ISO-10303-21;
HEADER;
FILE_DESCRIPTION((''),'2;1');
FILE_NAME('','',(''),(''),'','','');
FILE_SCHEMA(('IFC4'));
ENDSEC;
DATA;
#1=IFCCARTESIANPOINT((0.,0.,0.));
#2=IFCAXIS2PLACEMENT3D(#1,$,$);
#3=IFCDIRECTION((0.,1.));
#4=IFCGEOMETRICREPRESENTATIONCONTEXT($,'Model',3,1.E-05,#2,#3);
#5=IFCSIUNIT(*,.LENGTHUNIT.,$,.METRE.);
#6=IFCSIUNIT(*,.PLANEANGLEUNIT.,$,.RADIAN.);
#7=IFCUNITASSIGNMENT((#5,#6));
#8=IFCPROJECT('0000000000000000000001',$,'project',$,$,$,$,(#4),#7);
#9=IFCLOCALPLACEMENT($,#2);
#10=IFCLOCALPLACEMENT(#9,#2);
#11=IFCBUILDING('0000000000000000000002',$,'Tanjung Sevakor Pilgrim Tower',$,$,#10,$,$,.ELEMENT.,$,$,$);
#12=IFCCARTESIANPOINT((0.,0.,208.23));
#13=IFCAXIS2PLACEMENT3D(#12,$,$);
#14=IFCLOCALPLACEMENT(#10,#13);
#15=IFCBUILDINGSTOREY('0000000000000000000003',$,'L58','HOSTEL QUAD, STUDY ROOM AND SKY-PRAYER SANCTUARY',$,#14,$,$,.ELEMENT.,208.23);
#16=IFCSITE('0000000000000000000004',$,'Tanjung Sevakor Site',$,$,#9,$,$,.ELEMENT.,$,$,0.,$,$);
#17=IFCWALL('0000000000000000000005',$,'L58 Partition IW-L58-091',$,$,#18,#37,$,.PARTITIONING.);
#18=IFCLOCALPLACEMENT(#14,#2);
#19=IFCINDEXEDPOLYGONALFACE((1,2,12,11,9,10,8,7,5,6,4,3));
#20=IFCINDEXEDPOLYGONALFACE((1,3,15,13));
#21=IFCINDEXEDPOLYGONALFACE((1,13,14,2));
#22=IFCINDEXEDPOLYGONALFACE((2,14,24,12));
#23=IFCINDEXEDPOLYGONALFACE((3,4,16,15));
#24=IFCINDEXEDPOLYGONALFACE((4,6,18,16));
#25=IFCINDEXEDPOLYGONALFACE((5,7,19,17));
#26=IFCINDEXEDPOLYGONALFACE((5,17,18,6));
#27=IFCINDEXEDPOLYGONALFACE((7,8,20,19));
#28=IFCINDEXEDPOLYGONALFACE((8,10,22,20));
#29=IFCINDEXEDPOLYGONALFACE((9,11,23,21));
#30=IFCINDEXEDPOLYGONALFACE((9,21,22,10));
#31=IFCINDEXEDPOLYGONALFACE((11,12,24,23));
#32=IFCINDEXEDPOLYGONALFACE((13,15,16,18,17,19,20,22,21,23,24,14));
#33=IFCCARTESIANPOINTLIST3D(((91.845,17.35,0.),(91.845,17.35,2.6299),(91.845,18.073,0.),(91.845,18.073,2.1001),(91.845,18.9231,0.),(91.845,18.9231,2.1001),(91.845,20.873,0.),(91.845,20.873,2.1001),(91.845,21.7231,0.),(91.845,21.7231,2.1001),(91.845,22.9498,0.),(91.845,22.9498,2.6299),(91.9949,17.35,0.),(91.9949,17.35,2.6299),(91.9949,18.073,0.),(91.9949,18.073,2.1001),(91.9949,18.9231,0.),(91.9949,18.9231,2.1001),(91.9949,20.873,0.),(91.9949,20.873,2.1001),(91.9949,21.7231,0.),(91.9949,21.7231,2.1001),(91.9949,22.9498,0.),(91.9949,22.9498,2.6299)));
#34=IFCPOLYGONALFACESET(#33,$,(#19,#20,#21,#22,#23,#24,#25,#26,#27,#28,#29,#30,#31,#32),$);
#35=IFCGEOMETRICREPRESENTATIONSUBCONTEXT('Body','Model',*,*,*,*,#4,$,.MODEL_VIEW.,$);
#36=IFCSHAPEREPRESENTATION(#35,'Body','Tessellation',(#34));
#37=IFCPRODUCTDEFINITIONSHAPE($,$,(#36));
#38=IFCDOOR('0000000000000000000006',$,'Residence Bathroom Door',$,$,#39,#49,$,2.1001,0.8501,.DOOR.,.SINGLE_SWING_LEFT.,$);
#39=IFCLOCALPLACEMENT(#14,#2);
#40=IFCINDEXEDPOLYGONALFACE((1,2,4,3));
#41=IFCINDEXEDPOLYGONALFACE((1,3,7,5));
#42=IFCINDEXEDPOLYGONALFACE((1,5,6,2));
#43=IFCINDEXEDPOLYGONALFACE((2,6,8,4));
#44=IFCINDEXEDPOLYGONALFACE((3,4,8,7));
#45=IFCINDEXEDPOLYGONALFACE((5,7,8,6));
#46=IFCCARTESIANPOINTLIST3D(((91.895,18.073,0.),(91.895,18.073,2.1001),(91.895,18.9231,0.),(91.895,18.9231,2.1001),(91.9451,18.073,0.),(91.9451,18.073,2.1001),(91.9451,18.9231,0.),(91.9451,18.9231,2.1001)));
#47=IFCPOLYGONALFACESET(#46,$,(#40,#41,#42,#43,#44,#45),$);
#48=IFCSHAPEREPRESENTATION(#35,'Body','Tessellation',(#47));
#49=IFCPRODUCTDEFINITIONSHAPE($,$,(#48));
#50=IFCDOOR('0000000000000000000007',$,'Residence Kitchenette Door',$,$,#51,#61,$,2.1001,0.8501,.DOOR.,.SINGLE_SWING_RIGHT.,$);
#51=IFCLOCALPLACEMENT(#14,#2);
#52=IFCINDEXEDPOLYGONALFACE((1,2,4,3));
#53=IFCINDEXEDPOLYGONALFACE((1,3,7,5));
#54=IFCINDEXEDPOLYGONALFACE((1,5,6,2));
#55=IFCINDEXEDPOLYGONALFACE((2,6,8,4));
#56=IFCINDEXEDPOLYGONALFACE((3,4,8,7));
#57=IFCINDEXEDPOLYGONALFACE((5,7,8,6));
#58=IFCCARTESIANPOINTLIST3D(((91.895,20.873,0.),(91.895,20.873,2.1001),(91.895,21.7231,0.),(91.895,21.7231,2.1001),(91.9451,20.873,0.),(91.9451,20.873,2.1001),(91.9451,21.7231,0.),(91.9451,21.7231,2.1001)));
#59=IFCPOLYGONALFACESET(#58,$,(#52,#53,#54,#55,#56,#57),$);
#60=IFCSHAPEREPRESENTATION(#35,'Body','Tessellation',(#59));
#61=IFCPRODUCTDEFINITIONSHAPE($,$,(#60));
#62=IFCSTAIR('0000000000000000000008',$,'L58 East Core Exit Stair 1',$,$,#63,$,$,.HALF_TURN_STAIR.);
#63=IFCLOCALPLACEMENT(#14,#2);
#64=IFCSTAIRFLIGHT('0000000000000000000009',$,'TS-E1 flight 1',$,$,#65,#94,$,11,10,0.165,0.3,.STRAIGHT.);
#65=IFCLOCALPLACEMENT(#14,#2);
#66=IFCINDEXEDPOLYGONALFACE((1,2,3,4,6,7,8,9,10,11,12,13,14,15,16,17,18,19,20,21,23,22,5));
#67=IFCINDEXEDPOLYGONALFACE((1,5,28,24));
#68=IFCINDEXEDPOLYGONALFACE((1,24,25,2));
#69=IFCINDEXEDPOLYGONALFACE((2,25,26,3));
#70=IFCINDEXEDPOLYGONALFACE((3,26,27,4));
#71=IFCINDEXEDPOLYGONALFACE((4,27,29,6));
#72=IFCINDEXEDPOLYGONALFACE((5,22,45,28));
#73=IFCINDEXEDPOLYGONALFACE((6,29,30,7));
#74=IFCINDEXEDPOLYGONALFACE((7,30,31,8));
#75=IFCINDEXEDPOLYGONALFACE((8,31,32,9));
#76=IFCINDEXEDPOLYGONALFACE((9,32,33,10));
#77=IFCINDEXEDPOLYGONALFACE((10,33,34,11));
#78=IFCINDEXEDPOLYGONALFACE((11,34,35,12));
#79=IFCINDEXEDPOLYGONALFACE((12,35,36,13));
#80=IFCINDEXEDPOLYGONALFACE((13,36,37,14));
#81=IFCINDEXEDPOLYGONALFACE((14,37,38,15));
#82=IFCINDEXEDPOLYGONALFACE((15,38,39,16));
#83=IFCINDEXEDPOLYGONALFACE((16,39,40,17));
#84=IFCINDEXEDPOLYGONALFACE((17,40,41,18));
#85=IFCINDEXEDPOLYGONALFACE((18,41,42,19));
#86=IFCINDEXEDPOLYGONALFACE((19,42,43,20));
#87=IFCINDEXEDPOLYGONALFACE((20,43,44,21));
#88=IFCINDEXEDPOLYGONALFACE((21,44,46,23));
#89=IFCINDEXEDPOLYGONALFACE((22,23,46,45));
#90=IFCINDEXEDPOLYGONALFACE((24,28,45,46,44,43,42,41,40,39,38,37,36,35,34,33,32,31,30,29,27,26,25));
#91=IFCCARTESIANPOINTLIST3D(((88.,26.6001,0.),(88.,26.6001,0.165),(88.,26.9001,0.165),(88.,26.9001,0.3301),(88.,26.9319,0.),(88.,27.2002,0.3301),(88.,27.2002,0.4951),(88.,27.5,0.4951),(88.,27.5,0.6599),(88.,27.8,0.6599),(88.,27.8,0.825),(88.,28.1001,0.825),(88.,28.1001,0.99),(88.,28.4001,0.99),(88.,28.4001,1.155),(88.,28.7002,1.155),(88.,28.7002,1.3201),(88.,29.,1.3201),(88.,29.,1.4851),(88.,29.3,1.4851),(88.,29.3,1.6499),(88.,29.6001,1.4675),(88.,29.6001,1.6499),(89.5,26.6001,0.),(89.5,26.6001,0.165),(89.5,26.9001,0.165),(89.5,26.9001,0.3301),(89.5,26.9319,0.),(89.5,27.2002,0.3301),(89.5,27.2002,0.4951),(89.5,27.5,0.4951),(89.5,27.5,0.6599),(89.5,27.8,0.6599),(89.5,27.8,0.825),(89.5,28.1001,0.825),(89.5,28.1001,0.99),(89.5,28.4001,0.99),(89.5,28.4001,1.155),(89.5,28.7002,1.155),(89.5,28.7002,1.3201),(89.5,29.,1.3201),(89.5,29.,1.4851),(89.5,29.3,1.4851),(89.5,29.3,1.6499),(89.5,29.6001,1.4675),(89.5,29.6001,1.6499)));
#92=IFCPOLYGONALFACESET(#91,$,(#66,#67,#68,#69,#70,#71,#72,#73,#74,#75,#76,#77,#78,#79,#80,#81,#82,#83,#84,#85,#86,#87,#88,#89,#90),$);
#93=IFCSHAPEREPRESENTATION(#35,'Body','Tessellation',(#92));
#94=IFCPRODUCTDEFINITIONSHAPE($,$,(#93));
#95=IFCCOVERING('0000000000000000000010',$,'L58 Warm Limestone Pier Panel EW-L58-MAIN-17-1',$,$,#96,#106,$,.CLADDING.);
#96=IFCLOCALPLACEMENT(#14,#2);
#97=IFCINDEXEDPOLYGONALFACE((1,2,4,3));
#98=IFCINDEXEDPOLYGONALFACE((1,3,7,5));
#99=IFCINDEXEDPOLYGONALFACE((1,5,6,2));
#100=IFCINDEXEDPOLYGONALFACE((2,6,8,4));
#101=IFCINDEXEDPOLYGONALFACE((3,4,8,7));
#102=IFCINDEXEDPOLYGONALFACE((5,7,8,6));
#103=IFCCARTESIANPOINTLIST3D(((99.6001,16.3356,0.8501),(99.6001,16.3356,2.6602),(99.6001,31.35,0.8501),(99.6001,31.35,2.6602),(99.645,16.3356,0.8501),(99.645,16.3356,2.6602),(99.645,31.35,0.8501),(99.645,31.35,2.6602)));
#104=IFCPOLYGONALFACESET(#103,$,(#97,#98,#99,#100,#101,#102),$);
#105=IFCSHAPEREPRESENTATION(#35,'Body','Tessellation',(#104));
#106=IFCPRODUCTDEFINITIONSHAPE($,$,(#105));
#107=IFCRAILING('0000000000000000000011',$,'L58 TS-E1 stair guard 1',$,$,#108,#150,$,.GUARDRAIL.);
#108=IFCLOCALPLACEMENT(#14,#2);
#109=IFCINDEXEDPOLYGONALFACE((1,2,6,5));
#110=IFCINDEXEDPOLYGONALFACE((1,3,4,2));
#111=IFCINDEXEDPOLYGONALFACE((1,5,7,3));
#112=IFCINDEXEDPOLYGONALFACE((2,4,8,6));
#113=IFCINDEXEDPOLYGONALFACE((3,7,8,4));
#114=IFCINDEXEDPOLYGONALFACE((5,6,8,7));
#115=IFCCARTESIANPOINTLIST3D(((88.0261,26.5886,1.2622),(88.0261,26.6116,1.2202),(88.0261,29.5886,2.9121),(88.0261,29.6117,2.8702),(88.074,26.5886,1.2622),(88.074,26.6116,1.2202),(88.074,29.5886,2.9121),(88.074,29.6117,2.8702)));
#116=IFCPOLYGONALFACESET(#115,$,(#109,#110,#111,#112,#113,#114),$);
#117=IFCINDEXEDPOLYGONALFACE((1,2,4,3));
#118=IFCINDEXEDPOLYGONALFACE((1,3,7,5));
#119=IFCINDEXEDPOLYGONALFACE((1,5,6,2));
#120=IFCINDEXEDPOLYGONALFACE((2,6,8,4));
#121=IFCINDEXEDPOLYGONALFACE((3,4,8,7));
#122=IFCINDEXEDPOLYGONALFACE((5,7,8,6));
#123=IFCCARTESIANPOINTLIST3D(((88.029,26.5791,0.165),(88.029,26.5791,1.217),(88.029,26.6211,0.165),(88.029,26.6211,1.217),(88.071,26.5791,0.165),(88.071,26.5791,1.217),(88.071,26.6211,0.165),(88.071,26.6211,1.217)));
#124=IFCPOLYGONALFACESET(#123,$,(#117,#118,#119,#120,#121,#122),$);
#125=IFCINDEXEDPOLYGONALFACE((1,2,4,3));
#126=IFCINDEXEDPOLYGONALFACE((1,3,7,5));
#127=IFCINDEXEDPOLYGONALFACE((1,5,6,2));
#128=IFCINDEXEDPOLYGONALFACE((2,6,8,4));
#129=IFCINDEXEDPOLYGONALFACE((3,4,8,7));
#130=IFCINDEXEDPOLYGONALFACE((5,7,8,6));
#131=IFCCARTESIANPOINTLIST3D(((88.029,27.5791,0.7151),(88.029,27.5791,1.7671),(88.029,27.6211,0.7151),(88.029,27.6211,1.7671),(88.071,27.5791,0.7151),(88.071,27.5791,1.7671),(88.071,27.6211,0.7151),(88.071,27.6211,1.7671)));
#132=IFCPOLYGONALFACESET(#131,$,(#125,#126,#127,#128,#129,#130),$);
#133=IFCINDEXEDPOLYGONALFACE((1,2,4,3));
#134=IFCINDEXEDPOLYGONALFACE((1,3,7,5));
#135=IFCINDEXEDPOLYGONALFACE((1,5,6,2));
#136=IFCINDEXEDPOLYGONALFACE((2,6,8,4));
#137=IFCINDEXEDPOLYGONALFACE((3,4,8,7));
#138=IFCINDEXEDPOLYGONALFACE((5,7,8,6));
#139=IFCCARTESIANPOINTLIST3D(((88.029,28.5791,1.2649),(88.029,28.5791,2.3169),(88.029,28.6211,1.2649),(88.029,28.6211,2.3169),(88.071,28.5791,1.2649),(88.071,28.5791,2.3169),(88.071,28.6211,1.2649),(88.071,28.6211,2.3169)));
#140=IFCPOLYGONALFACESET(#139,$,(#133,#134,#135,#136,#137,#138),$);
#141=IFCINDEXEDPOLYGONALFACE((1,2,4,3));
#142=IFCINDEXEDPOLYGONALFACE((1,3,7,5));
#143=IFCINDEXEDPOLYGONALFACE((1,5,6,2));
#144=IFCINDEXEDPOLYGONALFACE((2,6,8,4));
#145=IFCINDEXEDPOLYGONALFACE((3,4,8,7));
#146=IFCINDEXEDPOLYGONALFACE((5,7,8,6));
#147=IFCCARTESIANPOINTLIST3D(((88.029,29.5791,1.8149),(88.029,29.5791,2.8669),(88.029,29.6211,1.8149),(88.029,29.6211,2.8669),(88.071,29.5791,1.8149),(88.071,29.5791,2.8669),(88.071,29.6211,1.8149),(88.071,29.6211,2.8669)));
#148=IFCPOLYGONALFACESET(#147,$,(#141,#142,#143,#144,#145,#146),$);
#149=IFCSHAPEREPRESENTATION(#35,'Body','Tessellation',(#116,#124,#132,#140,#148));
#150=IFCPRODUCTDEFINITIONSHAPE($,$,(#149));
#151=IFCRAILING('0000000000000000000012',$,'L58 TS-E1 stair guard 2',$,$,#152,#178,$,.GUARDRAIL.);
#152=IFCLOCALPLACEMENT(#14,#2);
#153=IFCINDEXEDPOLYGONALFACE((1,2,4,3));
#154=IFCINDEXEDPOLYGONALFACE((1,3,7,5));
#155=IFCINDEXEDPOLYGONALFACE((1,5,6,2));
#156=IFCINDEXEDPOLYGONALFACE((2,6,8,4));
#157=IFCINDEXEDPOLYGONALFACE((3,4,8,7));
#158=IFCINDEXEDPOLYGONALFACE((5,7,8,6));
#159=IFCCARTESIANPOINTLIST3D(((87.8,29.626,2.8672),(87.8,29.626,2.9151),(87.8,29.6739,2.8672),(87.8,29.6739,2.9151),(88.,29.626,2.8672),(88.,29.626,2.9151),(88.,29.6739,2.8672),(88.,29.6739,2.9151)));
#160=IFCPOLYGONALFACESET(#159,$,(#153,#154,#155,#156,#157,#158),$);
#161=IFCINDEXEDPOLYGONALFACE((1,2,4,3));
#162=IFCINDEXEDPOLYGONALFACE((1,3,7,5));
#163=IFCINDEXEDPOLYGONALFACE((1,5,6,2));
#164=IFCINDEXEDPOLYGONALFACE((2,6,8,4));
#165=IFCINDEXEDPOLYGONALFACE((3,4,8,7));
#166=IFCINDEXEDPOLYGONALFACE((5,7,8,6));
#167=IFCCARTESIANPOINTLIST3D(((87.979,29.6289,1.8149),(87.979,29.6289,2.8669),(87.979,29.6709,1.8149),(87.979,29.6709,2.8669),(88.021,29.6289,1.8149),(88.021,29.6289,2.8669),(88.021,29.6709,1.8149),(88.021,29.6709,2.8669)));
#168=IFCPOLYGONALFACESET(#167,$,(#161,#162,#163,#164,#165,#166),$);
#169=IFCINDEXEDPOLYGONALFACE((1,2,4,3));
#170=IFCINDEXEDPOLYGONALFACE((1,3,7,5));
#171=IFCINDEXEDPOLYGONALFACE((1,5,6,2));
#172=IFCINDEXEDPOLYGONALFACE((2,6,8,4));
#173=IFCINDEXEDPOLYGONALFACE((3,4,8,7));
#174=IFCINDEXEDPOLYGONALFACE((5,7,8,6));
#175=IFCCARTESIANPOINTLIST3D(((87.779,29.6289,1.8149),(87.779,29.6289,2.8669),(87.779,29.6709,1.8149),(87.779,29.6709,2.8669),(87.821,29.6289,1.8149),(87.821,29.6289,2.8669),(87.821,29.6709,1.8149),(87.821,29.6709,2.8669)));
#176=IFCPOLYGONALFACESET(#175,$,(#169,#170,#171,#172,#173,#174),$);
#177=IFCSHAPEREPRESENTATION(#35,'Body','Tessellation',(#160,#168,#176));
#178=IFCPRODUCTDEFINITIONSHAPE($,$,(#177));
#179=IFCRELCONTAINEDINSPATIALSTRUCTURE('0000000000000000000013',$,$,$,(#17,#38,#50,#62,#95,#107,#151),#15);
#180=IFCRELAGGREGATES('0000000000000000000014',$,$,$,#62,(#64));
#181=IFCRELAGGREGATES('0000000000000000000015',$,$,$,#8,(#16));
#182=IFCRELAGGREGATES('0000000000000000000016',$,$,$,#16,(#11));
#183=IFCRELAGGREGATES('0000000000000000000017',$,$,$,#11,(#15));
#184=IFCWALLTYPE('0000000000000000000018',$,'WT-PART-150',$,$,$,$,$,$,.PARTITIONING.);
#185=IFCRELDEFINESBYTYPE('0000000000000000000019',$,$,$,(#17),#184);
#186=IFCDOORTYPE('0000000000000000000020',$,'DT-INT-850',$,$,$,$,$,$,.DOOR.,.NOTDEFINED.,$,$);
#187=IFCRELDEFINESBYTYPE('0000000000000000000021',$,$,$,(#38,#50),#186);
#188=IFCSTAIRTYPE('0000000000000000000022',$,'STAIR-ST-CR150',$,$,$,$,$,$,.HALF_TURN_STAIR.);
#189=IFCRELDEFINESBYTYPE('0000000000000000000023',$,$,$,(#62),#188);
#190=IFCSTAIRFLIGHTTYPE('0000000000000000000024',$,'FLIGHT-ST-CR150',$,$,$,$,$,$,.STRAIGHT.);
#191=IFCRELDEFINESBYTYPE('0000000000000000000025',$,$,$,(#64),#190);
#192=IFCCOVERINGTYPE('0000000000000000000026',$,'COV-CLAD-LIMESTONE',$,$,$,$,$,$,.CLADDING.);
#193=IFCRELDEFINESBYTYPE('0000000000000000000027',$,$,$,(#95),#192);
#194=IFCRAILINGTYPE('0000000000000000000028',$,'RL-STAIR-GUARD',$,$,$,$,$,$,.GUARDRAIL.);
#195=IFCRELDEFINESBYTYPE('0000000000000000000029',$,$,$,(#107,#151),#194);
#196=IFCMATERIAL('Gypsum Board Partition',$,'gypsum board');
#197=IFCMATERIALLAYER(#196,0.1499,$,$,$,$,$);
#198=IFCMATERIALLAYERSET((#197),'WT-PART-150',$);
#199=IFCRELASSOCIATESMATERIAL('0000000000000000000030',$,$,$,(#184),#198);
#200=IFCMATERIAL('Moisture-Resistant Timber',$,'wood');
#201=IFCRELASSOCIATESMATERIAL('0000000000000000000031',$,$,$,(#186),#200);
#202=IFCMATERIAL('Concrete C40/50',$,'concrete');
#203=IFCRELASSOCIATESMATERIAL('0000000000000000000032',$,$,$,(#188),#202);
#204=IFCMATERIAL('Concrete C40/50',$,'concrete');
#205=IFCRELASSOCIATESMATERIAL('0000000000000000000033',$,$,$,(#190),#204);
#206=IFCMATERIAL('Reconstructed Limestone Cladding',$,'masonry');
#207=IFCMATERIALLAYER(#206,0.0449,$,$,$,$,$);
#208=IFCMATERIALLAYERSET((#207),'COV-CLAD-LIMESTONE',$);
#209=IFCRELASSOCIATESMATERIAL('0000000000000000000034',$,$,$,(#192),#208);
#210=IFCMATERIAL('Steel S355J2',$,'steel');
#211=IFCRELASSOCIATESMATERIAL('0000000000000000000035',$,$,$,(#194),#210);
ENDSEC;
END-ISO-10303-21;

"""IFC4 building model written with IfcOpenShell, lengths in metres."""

from ifc_helpers import new_model, si_unit, direction, frame, frame_2d, origin, origin_2d, place, context, subcontext, project, spatial, polyline, rectangle, outline, extrude, material, layer, layer_set, type_object, element, fill, aggregate, save


model = new_model("IFC4")

# Units and contexts
model_context = context("Model", 3, precision=1e-05, world=origin(), true_north=direction((0.0, 1.0)))
body_context = subcontext(model_context, "Body", "Model", "MODEL_VIEW")
ifc_project = project(units=[si_unit("LENGTHUNIT", "METRE"), si_unit("PLANEANGLEUNIT", "RADIAN")], contexts=[model_context])

# Site, building, storey
site_placement = place(None, origin())
site = spatial("IfcSite", under=ifc_project, at=site_placement, Name="Tanjung Sevakor Site", CompositionType="ELEMENT", RefElevation=0.0)
building_placement = place(site_placement, origin())
building = spatial("IfcBuilding", under=site, at=building_placement, Name="Tanjung Sevakor Pilgrim Tower", CompositionType="ELEMENT")
storey_placement = place(building_placement, frame((0.0, 0.0, 208.23)))
storey = spatial("IfcBuildingStorey", under=building, at=storey_placement, Name="L58", Description="HOSTEL QUAD, STUDY ROOM AND SKY-PRAYER SANCTUARY", CompositionType="ELEMENT", Elevation=208.23)

# Wall, openings, doors
ifc_material_1 = material(Name="Gypsum Board Partition", Category="gypsum board")
ifc_layer_1 = layer(ifc_material_1, 0.1499)
ifc_layer_set_1 = layer_set([ifc_layer_1], Name="WT-PART-150")
wall_type_1 = type_object("IfcWallType", Name="WT-PART-150", PredefinedType="PARTITIONING", material=ifc_layer_set_1)
wall_1_placement = place(storey_placement, frame((91.9199, 17.3501, 0.0), z_axis=(0.0, 0.0, 1.0), x_axis=(0.0, 1.0, 0.0)))
wall_1 = element("IfcWall", 1, at=wall_1_placement, inside=storey, type_object=wall_type_1, Name="L58 Partition IW-L58-091", PredefinedType="PARTITIONING", context=body_context, shape_type="SweptSolid", body=[
    extrude(rectangle(XDim=5.5999, YDim=0.1499, at=frame_2d((2.7998, 0.0))), origin(), (0.0, 0.0, 1.0), 2.6299),
])
opening_1_placement = place(wall_1_placement, frame((0.7229, 0.0, 0.0)))
opening_1 = element("IfcOpeningElement", 2, at=opening_1_placement, cuts=wall_1, PredefinedType="OPENING", context=body_context, shape_type="SweptSolid", body=[
    extrude(rectangle(XDim=0.8501, YDim=2.1001, at=frame_2d((0.425, 1.05))), frame((0.0, 0.085, 0.0), z_axis=(0.0, -1.0, 0.0), x_axis=(1.0, 0.0, 0.0)), (0.0, 0.0, 1.0), 0.1699),
])
opening_2_placement = place(wall_1_placement, frame((3.5229, 0.0, 0.0)))
opening_2 = element("IfcOpeningElement", 3, at=opening_2_placement, cuts=wall_1, PredefinedType="OPENING", context=body_context, shape_type="SweptSolid", body=[
    extrude(rectangle(XDim=0.8501, YDim=2.1001, at=frame_2d((0.425, 1.05))), frame((0.0, 0.085, 0.0), z_axis=(0.0, -1.0, 0.0), x_axis=(1.0, 0.0, 0.0)), (0.0, 0.0, 1.0), 0.1699),
])
ifc_material_2 = material(Name="Moisture-Resistant Timber", Category="wood")
door_type_1 = type_object("IfcDoorType", Name="DT-INT-850", OperationType="NOTDEFINED", PredefinedType="DOOR", material=ifc_material_2)
door_1_placement = place(opening_1_placement, origin())
door_1 = element("IfcDoor", 4, at=door_1_placement, inside=storey, type_object=door_type_1, Name="Residence Bathroom Door", OperationType="SINGLE_SWING_LEFT", OverallHeight=2.1001, OverallWidth=0.8501, PredefinedType="DOOR", context=body_context, shape_type="SweptSolid", body=[
    extrude(rectangle(XDim=0.8501, YDim=2.1001, at=frame_2d((0.425, 1.05))), frame((0.0, 0.0249, 0.0), z_axis=(0.0, -1.0, 0.0), x_axis=(1.0, 0.0, 0.0)), (0.0, 0.0, 1.0), 0.05),
])
fill(opening_1, door_1)
door_2_placement = place(opening_2_placement, origin())
door_2 = element("IfcDoor", 5, at=door_2_placement, inside=storey, type_object=door_type_1, Name="Residence Kitchenette Door", OperationType="SINGLE_SWING_RIGHT", OverallHeight=2.1001, OverallWidth=0.8501, PredefinedType="DOOR", context=body_context, shape_type="SweptSolid", body=[
    extrude(rectangle(XDim=0.8501, YDim=2.1001, at=frame_2d((0.425, 1.05))), frame((0.0, 0.0249, 0.0), z_axis=(0.0, -1.0, 0.0), x_axis=(1.0, 0.0, 0.0)), (0.0, 0.0, 1.0), 0.05),
])
fill(opening_2, door_2)

# Stair, stair flight
ifc_material_3 = material(Name="Concrete C40/50", Category="concrete")
stair_type = type_object("IfcStairType", Name="STAIR-ST-CR150", PredefinedType="HALF_TURN_STAIR", material=ifc_material_3)
stair_placement = place(storey_placement, origin())
stair = element("IfcStair", 6, at=stair_placement, inside=storey, type_object=stair_type, Name="L58 East Core Exit Stair 1", PredefinedType="HALF_TURN_STAIR")
ifc_material_4 = material(Name="Concrete C40/50", Category="concrete")
stair_flight_type = type_object("IfcStairFlightType", Name="FLIGHT-ST-CR150", PredefinedType="STRAIGHT", material=ifc_material_4)
stair_flight_placement = place(storey_placement, frame((88.75, 26.6001, 0.0), z_axis=(0.0, 0.0, 1.0), x_axis=(0.0, 1.0, 0.0)))
stair_flight = element("IfcStairFlight", 7, at=stair_flight_placement, type_object=stair_flight_type, Name="TS-E1 flight 1", NumberOfRisers=11, NumberOfTreads=10, PredefinedType="STRAIGHT", RiserHeight=0.165, TreadLength=0.3, context=body_context, shape_type="SweptSolid", body=[
    extrude(outline(polyline([(0.0, 0.0), (0.0, 0.165), (0.3, 0.165), (0.3, 0.3301), (0.6001, 0.3301), (0.6001, 0.4951), (0.8999, 0.4951), (0.8999, 0.6599), (1.2, 0.6599), (1.2, 0.825), (1.5, 0.825), (1.5, 0.99), (1.8, 0.99), (1.8, 1.155), (2.1001, 1.155), (2.1001, 1.3201), (2.3999, 1.3201), (2.3999, 1.4851), (2.7, 1.4851), (2.7, 1.6499), (3.0, 1.6499), (3.0, 1.8149), (3.0, 1.4675), (0.3318, 0.0), (0.0, 0.0)])), frame((0.0, 0.75, 0.0), z_axis=(0.0, -1.0, 0.0), x_axis=(1.0, 0.0, 0.0)), (0.0, 0.0, 1.0), 1.5),
])
aggregate(stair, [stair_flight])

# Covering
ifc_material_5 = material(Name="Reconstructed Limestone Cladding", Category="masonry")
ifc_layer_2 = layer(ifc_material_5, 0.0449)
ifc_layer_set_2 = layer_set([ifc_layer_2], Name="COV-CLAD-LIMESTONE")
covering_type = type_object("IfcCoveringType", Name="COV-CLAD-LIMESTONE", PredefinedType="CLADDING", material=ifc_layer_set_2)
covering_placement = place(storey_placement, frame((99.6226, 23.8428, 0.8501), z_axis=(0.0, 0.0, 1.0), x_axis=(0.0, 1.0, 0.0)))
element("IfcCovering", 8, at=covering_placement, inside=storey, type_object=covering_type, Name="L58 Warm Limestone Pier Panel EW-L58-MAIN-17-1", PredefinedType="CLADDING", context=body_context, shape_type="SweptSolid", body=[
    extrude(rectangle(XDim=15.0144, YDim=0.0449, at=origin_2d()), origin(), (0.0, 0.0, 1.0), 1.8101),
])

# Railings
ifc_material_6 = material(Name="Steel S355J2", Category="steel")
railing_type_1 = type_object("IfcRailingType", Name="RL-STAIR-GUARD", PredefinedType="GUARDRAIL", material=ifc_material_6)
railing_1_placement = place(storey_placement, frame((88.05, 26.6001, 0.165)))
element("IfcRailing", 9, at=railing_1_placement, inside=storey, type_object=railing_type_1, Name="L58 TS-E1 stair guard 1", PredefinedType="GUARDRAIL", context=body_context, shape_type="SweptSolid", body=[
    extrude(rectangle(XDim=0.0479, YDim=0.0479), frame((0.0, 0.0, 1.0762), z_axis=(0.0, 0.876228, 0.481897), x_axis=(-1.0, 0.0, 0.0)), (0.0, 0.0, 1.0), 3.4238),
    extrude(rectangle(XDim=0.042, YDim=0.042), origin(), (0.0, 0.0, 1.0), 1.052),
    extrude(rectangle(XDim=0.042, YDim=0.042), frame((0.0, 1.0, 0.55)), (0.0, 0.0, 1.0), 1.052),
    extrude(rectangle(XDim=0.042, YDim=0.042), frame((0.0, 2.0, 1.0999)), (0.0, 0.0, 1.0), 1.052),
    extrude(rectangle(XDim=0.042, YDim=0.042), frame((0.0, 3.0, 1.6499)), (0.0, 0.0, 1.0), 1.052),
])
for number, where, name in (
    (10, (88.0, 29.6499, 1.8149), "L58 TS-E1 stair guard 2"),
):
    element("IfcRailing", number, at=place(storey_placement, frame(where)), inside=storey, type_object=railing_type_1, Name=name, PredefinedType="GUARDRAIL", context=body_context, shape_type="SweptSolid", body=[
        extrude(rectangle(XDim=0.0479, YDim=0.0479), frame((0.0, 0.0, 1.0762), z_axis=(-1.0, 0.0, 0.0), x_axis=(0.0, -1.0, 0.0)), (0.0, 0.0, 1.0), 0.2),
        extrude(rectangle(XDim=0.042, YDim=0.042), origin(), (0.0, 0.0, 1.0), 1.052),
        extrude(rectangle(XDim=0.042, YDim=0.042), frame((-0.2, 0.0, 0.0)), (0.0, 0.0, 1.0), 1.052),
    ])

save(model, "model.ifc")
